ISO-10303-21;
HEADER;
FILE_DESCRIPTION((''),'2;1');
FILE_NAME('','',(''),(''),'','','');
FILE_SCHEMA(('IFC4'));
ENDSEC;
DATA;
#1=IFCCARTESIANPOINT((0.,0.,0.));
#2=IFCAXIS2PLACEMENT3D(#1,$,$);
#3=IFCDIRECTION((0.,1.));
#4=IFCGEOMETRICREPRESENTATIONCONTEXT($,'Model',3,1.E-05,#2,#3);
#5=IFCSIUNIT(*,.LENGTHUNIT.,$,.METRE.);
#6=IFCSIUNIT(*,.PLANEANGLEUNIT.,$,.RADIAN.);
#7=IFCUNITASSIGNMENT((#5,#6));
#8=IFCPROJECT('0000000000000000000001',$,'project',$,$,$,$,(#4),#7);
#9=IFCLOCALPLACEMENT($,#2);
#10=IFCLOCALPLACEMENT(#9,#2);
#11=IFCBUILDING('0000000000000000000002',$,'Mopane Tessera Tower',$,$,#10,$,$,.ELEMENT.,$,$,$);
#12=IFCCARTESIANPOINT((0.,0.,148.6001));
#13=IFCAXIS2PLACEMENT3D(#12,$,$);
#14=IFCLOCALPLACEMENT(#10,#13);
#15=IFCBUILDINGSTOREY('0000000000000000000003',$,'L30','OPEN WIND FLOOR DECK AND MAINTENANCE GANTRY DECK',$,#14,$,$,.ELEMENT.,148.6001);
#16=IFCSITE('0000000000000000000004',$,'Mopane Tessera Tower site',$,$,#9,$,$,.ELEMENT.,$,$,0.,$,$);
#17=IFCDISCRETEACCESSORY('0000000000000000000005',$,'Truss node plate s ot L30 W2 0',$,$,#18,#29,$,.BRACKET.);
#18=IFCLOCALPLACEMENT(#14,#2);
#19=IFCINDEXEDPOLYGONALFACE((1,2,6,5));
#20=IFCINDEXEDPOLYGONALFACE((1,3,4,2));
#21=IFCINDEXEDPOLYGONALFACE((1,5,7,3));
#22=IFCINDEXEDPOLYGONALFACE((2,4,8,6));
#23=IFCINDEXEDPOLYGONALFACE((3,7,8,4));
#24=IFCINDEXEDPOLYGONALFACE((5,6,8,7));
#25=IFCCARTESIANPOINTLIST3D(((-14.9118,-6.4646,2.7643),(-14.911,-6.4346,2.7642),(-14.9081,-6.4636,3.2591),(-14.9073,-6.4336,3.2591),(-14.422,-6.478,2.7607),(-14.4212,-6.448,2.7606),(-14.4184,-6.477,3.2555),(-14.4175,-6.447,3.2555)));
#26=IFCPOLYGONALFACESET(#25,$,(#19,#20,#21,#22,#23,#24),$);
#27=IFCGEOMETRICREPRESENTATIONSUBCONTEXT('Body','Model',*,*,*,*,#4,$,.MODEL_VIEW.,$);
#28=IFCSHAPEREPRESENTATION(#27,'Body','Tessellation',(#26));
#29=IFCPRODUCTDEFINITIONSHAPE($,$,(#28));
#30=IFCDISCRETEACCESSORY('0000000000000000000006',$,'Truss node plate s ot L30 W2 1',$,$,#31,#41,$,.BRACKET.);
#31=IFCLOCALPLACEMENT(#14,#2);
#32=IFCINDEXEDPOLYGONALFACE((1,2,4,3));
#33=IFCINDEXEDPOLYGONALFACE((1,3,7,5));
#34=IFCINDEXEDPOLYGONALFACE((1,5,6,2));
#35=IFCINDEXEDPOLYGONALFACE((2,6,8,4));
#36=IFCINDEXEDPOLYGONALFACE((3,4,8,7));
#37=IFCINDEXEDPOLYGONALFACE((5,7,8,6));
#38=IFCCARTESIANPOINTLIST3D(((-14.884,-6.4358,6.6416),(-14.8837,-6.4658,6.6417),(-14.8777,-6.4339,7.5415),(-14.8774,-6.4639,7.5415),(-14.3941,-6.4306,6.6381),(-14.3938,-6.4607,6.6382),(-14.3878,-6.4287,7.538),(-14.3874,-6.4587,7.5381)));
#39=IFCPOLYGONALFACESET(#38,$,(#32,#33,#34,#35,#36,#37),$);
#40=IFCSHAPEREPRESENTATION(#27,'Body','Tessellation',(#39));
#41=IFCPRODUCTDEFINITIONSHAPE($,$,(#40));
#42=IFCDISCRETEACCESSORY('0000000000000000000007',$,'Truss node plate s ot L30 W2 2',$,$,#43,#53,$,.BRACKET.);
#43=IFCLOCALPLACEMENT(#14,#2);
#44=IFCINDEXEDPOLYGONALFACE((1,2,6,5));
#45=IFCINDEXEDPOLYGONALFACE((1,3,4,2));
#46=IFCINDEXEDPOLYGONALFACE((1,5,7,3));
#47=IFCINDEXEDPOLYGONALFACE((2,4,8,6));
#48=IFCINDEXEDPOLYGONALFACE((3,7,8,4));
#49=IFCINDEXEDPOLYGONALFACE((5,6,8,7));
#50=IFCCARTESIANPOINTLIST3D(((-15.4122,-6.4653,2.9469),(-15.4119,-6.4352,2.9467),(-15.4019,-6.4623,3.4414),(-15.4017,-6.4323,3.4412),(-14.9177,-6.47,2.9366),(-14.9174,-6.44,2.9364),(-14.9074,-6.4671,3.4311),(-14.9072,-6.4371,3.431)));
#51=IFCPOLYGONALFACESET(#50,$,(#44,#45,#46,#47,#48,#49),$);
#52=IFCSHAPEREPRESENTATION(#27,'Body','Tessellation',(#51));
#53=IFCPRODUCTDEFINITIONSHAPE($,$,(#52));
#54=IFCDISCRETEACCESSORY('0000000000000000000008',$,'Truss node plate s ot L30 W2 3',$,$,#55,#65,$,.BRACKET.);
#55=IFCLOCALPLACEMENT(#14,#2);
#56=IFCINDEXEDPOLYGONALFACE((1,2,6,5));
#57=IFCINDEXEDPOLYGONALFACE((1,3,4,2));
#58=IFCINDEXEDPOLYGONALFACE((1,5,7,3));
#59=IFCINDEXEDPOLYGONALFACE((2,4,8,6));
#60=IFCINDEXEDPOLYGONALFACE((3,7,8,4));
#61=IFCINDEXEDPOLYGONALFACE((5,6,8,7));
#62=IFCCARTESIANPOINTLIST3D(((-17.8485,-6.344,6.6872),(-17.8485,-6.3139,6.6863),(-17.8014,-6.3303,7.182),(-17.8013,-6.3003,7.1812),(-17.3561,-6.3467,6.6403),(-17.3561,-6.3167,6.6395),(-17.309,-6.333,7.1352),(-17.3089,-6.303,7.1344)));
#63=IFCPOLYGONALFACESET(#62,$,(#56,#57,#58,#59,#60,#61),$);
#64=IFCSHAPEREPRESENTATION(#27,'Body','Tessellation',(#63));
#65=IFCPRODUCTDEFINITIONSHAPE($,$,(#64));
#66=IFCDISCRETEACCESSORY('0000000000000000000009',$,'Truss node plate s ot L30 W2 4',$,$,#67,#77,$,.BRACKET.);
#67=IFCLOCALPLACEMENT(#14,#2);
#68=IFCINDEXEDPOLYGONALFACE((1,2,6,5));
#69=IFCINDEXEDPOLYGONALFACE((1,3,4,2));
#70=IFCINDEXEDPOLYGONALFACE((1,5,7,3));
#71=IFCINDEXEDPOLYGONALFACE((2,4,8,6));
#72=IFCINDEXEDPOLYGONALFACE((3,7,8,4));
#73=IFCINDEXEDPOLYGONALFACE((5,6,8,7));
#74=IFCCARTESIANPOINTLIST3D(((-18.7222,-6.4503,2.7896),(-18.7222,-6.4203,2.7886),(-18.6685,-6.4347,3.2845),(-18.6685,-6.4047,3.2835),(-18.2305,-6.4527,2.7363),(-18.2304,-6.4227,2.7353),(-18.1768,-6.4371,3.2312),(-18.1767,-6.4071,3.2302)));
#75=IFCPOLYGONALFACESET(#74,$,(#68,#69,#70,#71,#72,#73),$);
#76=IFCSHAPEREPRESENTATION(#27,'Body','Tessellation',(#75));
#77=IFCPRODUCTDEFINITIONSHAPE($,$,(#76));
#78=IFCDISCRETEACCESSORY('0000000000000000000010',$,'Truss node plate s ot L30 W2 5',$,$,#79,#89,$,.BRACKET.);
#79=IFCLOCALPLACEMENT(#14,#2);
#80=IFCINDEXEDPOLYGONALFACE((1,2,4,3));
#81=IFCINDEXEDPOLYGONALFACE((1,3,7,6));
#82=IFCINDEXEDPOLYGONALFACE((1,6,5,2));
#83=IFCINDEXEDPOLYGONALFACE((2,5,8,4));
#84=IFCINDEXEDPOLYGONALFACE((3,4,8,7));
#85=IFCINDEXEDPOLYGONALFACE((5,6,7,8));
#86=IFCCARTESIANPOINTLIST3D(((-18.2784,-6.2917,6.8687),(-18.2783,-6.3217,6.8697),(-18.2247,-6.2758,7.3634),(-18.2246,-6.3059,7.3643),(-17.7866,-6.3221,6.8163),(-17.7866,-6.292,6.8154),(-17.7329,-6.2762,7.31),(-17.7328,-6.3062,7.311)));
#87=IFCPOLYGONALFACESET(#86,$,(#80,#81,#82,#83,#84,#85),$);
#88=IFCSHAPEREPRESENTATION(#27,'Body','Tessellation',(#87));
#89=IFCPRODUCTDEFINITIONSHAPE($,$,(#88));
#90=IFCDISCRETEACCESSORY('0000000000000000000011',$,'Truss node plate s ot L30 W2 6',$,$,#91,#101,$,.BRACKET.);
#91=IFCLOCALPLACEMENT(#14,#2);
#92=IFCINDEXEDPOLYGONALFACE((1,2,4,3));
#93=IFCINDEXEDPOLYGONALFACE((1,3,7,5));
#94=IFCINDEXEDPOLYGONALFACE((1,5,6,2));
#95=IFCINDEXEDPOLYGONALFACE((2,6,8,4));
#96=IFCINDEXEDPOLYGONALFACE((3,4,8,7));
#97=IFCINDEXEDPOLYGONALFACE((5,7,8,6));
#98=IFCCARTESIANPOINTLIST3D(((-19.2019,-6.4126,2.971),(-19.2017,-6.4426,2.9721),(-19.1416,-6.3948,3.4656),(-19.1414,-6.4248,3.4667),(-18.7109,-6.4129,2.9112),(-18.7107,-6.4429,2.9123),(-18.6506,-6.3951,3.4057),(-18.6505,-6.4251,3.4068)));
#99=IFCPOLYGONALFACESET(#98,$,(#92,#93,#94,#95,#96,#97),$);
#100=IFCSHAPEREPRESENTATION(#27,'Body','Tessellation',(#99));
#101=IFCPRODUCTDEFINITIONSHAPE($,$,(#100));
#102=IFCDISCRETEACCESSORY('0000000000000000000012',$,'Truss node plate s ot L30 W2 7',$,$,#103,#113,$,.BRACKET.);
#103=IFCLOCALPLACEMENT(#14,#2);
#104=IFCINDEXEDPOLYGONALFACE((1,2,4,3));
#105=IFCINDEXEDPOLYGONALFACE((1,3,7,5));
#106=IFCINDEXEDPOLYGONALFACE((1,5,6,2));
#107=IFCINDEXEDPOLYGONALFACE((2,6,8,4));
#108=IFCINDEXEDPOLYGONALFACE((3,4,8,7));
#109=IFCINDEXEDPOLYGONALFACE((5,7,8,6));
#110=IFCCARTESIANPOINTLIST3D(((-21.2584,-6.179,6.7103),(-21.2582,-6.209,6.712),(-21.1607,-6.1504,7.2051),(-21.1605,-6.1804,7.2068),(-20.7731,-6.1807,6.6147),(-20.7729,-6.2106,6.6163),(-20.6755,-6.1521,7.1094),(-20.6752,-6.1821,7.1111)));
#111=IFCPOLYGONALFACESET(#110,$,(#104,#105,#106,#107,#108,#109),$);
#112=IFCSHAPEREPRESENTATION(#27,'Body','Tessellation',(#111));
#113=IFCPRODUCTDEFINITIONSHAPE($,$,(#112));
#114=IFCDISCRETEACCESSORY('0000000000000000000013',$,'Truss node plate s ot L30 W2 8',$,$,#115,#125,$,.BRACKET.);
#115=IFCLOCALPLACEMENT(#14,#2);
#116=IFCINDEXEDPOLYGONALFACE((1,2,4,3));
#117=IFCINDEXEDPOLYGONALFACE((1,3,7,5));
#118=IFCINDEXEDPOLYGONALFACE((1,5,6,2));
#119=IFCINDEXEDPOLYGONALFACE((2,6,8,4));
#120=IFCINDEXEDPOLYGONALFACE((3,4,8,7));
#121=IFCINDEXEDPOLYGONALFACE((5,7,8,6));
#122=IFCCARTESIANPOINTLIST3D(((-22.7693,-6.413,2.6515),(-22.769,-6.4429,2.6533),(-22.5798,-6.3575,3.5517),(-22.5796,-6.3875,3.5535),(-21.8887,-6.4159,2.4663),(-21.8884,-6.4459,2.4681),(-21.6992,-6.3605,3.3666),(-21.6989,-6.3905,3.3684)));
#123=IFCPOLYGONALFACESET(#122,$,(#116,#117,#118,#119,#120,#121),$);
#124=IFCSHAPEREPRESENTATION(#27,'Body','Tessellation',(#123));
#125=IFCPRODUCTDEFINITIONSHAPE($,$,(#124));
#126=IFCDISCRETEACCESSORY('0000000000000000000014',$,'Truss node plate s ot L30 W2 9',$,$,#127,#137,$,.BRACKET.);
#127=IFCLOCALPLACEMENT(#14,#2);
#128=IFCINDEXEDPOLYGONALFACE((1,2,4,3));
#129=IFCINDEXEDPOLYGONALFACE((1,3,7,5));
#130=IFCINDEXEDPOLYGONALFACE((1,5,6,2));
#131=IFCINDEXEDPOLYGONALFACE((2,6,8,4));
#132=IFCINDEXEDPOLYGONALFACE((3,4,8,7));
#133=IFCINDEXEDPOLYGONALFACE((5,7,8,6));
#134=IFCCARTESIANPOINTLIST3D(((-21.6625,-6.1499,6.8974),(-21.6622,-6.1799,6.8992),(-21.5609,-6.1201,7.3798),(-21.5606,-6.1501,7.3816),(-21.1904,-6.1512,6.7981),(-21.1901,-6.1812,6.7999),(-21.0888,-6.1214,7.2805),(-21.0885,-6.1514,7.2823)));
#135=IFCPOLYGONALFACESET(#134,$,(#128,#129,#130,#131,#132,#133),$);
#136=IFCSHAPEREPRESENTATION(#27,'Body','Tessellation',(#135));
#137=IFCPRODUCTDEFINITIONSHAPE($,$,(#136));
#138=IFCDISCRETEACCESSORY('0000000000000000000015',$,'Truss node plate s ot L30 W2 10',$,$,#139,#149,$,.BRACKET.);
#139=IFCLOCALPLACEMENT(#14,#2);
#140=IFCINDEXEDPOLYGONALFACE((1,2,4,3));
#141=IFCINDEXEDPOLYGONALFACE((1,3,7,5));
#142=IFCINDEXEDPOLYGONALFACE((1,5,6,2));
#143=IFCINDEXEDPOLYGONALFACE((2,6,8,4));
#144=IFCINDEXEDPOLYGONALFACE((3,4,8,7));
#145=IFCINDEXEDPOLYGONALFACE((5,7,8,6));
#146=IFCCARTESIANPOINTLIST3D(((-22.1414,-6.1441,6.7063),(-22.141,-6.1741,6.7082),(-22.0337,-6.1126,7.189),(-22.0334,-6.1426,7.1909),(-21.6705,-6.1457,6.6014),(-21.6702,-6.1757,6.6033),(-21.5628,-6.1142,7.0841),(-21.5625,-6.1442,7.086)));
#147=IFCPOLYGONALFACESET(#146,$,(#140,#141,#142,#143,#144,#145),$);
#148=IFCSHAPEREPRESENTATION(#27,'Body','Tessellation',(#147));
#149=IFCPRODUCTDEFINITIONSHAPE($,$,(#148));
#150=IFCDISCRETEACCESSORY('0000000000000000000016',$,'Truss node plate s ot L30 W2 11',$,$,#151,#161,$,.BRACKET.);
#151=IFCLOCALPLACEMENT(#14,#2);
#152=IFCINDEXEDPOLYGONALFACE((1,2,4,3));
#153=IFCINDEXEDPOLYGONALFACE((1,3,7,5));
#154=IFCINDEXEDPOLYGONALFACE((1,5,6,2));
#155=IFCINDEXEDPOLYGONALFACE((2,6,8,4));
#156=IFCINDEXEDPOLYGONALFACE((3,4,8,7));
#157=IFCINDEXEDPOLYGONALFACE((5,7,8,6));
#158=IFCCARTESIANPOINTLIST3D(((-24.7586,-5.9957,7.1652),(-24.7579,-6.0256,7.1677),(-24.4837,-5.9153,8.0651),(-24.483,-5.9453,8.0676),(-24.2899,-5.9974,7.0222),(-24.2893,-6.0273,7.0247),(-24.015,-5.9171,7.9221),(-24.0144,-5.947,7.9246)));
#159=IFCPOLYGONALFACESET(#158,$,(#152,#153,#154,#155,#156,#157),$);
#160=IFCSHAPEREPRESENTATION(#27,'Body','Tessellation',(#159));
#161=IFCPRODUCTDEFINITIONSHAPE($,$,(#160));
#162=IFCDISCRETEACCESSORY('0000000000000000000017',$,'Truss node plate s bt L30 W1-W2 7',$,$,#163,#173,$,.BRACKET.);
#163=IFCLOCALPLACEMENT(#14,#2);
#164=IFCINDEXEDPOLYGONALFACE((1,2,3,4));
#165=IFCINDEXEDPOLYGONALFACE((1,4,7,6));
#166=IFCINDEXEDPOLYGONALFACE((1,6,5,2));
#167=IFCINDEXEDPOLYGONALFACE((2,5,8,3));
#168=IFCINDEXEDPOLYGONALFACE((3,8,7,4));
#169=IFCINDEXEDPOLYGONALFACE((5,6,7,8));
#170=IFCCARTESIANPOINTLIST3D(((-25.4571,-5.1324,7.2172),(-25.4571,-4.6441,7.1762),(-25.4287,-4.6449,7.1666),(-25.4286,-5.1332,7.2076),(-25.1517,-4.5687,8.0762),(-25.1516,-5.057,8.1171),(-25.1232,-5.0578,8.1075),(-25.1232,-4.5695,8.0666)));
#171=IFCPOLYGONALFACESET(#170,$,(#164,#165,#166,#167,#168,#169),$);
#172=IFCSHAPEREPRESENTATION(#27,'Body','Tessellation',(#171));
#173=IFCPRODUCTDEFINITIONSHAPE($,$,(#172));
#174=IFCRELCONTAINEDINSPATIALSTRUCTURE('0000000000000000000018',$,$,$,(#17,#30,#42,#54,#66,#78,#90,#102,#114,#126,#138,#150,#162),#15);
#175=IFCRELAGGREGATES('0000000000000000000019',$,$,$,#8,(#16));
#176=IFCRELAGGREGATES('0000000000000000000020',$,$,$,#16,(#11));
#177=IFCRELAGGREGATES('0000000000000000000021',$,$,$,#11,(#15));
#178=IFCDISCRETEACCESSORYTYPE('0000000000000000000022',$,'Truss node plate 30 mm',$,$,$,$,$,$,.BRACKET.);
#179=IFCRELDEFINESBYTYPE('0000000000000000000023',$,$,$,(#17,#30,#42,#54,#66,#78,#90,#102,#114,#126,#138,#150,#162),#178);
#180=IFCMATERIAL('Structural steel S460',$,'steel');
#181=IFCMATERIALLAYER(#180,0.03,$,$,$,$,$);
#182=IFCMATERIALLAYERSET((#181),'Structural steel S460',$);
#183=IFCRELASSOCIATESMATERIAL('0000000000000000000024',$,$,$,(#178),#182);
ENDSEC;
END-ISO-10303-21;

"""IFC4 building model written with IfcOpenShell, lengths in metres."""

from ifc_helpers import new_model, si_unit, direction, frame, origin, origin_2d, place, context, subcontext, project, spatial, rectangle, extrude, material, layer, layer_set, type_object, element, save


model = new_model("IFC4")

# Units and contexts
model_context = context("Model", 3, precision=1e-05, world=origin(), true_north=direction((0.0, 1.0)))
body_context = subcontext(model_context, "Body", "Model", "MODEL_VIEW")
ifc_project = project(units=[si_unit("LENGTHUNIT", "METRE"), si_unit("PLANEANGLEUNIT", "RADIAN")], contexts=[model_context])

# Site, building, storey
site_placement = place(None, origin())
site = spatial("IfcSite", under=ifc_project, at=site_placement, Name="Mopane Tessera Tower site", CompositionType="ELEMENT", RefElevation=0.0)
building_placement = place(site_placement, origin())
building = spatial("IfcBuilding", under=site, at=building_placement, Name="Mopane Tessera Tower", CompositionType="ELEMENT")
storey_placement = place(building_placement, frame((0.0, 0.0, 148.6001)))
storey = spatial("IfcBuildingStorey", under=building, at=storey_placement, Name="L30", Description="OPEN WIND FLOOR DECK AND MAINTENANCE GANTRY DECK", CompositionType="ELEMENT", Elevation=148.6001)

# Discrete accessories
ifc_material_1 = material(Name="Structural steel S460", Category="steel")
ifc_layer_1 = layer(ifc_material_1, 0.03)
ifc_layer_set_1 = layer_set([ifc_layer_1], Name="Structural steel S460")
discrete_accessory_type = type_object("IfcDiscreteAccessoryType", Name="Truss node plate 30 mm", PredefinedType="BRACKET", material=ifc_layer_set_1)
discrete_accessory_1_placement = place(storey_placement, frame((-14.6665, -6.4563, 2.7625), z_axis=(0.0074, 0.001973, 0.999971), x_axis=(-0.027342, -0.999624, 0.002175)))
element("IfcDiscreteAccessory", 1, at=discrete_accessory_1_placement, inside=storey, type_object=discrete_accessory_type, Name="Truss node plate s ot L30 W2 0", PredefinedType="BRACKET", context=body_context, shape_type="SweptSolid", body=[
    extrude(rectangle(XDim=0.03, YDim=0.49, at=origin_2d()), origin(), (0.0, 0.0, 1.0), 0.4949),
])
discrete_accessory_2_placement = place(storey_placement, frame((-14.6389, -6.4482, 6.6399), z_axis=(0.007054, 0.00217, 0.999973), x_axis=(0.010551, -0.999942, 0.002096)))
element("IfcDiscreteAccessory", 2, at=discrete_accessory_2_placement, inside=storey, type_object=discrete_accessory_type, Name="Truss node plate s ot L30 W2 1", PredefinedType="BRACKET", context=body_context, shape_type="SweptSolid", body=[
    extrude(rectangle(XDim=0.03, YDim=0.49, at=origin_2d()), origin(), (0.0, 0.0, 1.0), 0.8999),
])
discrete_accessory_3_placement = place(storey_placement, frame((-15.1648, -6.4526, 2.9417), z_axis=(0.020726, 0.005922, 0.999768), x_axis=(-0.009538, -0.999936, 0.00612)))
element("IfcDiscreteAccessory", 3, at=discrete_accessory_3_placement, inside=storey, type_object=discrete_accessory_type, Name="Truss node plate s ot L30 W2 2", PredefinedType="BRACKET", context=body_context, shape_type="SweptSolid", body=[
    extrude(rectangle(XDim=0.03, YDim=0.4946, at=origin_2d()), origin(), (0.0, 0.0, 1.0), 0.4946),
])
discrete_accessory_4_placement = place(storey_placement, frame((-17.6023, -6.3303, 6.6633), z_axis=(0.09475, 0.027492, 0.995121), x_axis=(-0.002902, -0.999607, 0.027892)))
element("IfcDiscreteAccessory", 4, at=discrete_accessory_4_placement, inside=storey, type_object=discrete_accessory_type, Name="Truss node plate s ot L30 W2 3", PredefinedType="BRACKET", context=body_context, shape_type="SweptSolid", body=[
    extrude(rectangle(XDim=0.03, YDim=0.4946, at=origin_2d()), origin(), (0.0, 0.0, 1.0), 0.4973),
])
discrete_accessory_5_placement = place(storey_placement, frame((-18.4763, -6.4365, 2.7625), z_axis=(0.107848, 0.031374, 0.993672), x_axis=(-0.001419, -0.999496, 0.031712)))
element("IfcDiscreteAccessory", 5, at=discrete_accessory_5_placement, inside=storey, type_object=discrete_accessory_type, Name="Truss node plate s ot L30 W2 4", PredefinedType="BRACKET", context=body_context, shape_type="SweptSolid", body=[
    extrude(rectangle(XDim=0.03, YDim=0.4946, at=origin_2d()), origin(), (0.0, 0.0, 1.0), 0.498),
])
discrete_accessory_6_placement = place(storey_placement, frame((-18.0325, -6.3069, 6.8425), z_axis=(0.107899, 0.031879, 0.993651), x_axis=(0.002771, -0.999492, 0.031766)))
element("IfcDiscreteAccessory", 6, at=discrete_accessory_6_placement, inside=storey, type_object=discrete_accessory_type, Name="Truss node plate s ot L30 W2 5", PredefinedType="BRACKET", context=body_context, shape_type="SweptSolid", body=[
    extrude(rectangle(XDim=0.03, YDim=0.4946, at=origin_2d()), origin(), (0.0, 0.0, 1.0), 0.4978),
])
discrete_accessory_7_placement = place(storey_placement, frame((-18.9563, -6.4277, 2.9417), z_axis=(0.120942, 0.035744, 0.992016), x_axis=(0.003743, -0.999361, 0.035552)))
element("IfcDiscreteAccessory", 7, at=discrete_accessory_7_placement, inside=storey, type_object=discrete_accessory_type, Name="Truss node plate s ot L30 W2 6", PredefinedType="BRACKET", context=body_context, shape_type="SweptSolid", body=[
    extrude(rectangle(XDim=0.03, YDim=0.4946, at=origin_2d()), origin(), (0.0, 0.0, 1.0), 0.4985),
])
discrete_accessory_8_placement = place(storey_placement, frame((-21.0156, -6.1948, 6.6633), z_axis=(0.193293, 0.056538, 0.979511), x_axis=(0.007652, -0.998395, 0.056118)))
element("IfcDiscreteAccessory", 8, at=discrete_accessory_8_placement, inside=storey, type_object=discrete_accessory_type, Name="Truss node plate s ot L30 W2 7", PredefinedType="BRACKET", context=body_context, shape_type="SweptSolid", body=[
    extrude(rectangle(XDim=0.03, YDim=0.4946, at=origin_2d()), origin(), (0.0, 0.0, 1.0), 0.5051),
])
discrete_accessory_9_placement = place(storey_placement, frame((-22.3289, -6.4294, 2.5598), z_axis=(0.205584, 0.060139, 0.97679), x_axis=(0.009145, -0.998185, 0.059531)))
element("IfcDiscreteAccessory", 9, at=discrete_accessory_9_placement, inside=storey, type_object=discrete_accessory_type, Name="Truss node plate s ot L30 W2 8", PredefinedType="BRACKET", context=body_context, shape_type="SweptSolid", body=[
    extrude(rectangle(XDim=0.03, YDim=0.8999, at=origin_2d()), origin(), (0.0, 0.0, 1.0), 0.9216),
])
discrete_accessory_10_placement = place(storey_placement, frame((-21.4263, -6.1655, 6.8486), z_axis=(0.205636, 0.060307, 0.976769), x_axis=(0.009834, -0.998176, 0.059558)))
element("IfcDiscreteAccessory", 10, at=discrete_accessory_10_placement, inside=storey, type_object=discrete_accessory_type, Name="Truss node plate s ot L30 W2 9", PredefinedType="BRACKET", context=body_context, shape_type="SweptSolid", body=[
    extrude(rectangle(XDim=0.03, YDim=0.4824, at=origin_2d()), origin(), (0.0, 0.0, 1.0), 0.4939),
])
discrete_accessory_11_placement = place(storey_placement, frame((-21.9058, -6.1599, 6.6548), z_axis=(0.217274, 0.063556, 0.974039), x_axis=(0.010633, -0.997973, 0.062746)))
element("IfcDiscreteAccessory", 11, at=discrete_accessory_11_placement, inside=storey, type_object=discrete_accessory_type, Name="Truss node plate s ot L30 W2 10", PredefinedType="BRACKET", context=body_context, shape_type="SweptSolid", body=[
    extrude(rectangle(XDim=0.03, YDim=0.4824, at=origin_2d()), origin(), (0.0, 0.0, 1.0), 0.4956),
])
discrete_accessory_12_placement = place(storey_placement, frame((-24.5239, -6.0115, 7.095), z_axis=(0.291094, 0.085053, 0.952906), x_axis=(0.021463, -0.99637, 0.082376)))
element("IfcDiscreteAccessory", 12, at=discrete_accessory_12_placement, inside=storey, type_object=discrete_accessory_type, Name="Truss node plate s ot L30 W2 11", PredefinedType="BRACKET", context=body_context, shape_type="SweptSolid", body=[
    extrude(rectangle(XDim=0.03, YDim=0.49, at=origin_2d()), origin(), (0.0, 0.0, 1.0), 0.9443),
])
discrete_accessory_13_placement = place(storey_placement, frame((-25.4429, -4.8887, 7.1919), z_axis=(0.320379, 0.079134, 0.943978), x_axis=(0.947289, -0.026742, -0.319261)))
element("IfcDiscreteAccessory", 13, at=discrete_accessory_13_placement, inside=storey, type_object=discrete_accessory_type, Name="Truss node plate s bt L30 W1-W2 7", PredefinedType="BRACKET", context=body_context, shape_type="SweptSolid", body=[
    extrude(rectangle(XDim=0.03, YDim=0.49, at=origin_2d()), origin(), (0.0, 0.0, 1.0), 0.9534),
])

save(model, "model.ifc")
